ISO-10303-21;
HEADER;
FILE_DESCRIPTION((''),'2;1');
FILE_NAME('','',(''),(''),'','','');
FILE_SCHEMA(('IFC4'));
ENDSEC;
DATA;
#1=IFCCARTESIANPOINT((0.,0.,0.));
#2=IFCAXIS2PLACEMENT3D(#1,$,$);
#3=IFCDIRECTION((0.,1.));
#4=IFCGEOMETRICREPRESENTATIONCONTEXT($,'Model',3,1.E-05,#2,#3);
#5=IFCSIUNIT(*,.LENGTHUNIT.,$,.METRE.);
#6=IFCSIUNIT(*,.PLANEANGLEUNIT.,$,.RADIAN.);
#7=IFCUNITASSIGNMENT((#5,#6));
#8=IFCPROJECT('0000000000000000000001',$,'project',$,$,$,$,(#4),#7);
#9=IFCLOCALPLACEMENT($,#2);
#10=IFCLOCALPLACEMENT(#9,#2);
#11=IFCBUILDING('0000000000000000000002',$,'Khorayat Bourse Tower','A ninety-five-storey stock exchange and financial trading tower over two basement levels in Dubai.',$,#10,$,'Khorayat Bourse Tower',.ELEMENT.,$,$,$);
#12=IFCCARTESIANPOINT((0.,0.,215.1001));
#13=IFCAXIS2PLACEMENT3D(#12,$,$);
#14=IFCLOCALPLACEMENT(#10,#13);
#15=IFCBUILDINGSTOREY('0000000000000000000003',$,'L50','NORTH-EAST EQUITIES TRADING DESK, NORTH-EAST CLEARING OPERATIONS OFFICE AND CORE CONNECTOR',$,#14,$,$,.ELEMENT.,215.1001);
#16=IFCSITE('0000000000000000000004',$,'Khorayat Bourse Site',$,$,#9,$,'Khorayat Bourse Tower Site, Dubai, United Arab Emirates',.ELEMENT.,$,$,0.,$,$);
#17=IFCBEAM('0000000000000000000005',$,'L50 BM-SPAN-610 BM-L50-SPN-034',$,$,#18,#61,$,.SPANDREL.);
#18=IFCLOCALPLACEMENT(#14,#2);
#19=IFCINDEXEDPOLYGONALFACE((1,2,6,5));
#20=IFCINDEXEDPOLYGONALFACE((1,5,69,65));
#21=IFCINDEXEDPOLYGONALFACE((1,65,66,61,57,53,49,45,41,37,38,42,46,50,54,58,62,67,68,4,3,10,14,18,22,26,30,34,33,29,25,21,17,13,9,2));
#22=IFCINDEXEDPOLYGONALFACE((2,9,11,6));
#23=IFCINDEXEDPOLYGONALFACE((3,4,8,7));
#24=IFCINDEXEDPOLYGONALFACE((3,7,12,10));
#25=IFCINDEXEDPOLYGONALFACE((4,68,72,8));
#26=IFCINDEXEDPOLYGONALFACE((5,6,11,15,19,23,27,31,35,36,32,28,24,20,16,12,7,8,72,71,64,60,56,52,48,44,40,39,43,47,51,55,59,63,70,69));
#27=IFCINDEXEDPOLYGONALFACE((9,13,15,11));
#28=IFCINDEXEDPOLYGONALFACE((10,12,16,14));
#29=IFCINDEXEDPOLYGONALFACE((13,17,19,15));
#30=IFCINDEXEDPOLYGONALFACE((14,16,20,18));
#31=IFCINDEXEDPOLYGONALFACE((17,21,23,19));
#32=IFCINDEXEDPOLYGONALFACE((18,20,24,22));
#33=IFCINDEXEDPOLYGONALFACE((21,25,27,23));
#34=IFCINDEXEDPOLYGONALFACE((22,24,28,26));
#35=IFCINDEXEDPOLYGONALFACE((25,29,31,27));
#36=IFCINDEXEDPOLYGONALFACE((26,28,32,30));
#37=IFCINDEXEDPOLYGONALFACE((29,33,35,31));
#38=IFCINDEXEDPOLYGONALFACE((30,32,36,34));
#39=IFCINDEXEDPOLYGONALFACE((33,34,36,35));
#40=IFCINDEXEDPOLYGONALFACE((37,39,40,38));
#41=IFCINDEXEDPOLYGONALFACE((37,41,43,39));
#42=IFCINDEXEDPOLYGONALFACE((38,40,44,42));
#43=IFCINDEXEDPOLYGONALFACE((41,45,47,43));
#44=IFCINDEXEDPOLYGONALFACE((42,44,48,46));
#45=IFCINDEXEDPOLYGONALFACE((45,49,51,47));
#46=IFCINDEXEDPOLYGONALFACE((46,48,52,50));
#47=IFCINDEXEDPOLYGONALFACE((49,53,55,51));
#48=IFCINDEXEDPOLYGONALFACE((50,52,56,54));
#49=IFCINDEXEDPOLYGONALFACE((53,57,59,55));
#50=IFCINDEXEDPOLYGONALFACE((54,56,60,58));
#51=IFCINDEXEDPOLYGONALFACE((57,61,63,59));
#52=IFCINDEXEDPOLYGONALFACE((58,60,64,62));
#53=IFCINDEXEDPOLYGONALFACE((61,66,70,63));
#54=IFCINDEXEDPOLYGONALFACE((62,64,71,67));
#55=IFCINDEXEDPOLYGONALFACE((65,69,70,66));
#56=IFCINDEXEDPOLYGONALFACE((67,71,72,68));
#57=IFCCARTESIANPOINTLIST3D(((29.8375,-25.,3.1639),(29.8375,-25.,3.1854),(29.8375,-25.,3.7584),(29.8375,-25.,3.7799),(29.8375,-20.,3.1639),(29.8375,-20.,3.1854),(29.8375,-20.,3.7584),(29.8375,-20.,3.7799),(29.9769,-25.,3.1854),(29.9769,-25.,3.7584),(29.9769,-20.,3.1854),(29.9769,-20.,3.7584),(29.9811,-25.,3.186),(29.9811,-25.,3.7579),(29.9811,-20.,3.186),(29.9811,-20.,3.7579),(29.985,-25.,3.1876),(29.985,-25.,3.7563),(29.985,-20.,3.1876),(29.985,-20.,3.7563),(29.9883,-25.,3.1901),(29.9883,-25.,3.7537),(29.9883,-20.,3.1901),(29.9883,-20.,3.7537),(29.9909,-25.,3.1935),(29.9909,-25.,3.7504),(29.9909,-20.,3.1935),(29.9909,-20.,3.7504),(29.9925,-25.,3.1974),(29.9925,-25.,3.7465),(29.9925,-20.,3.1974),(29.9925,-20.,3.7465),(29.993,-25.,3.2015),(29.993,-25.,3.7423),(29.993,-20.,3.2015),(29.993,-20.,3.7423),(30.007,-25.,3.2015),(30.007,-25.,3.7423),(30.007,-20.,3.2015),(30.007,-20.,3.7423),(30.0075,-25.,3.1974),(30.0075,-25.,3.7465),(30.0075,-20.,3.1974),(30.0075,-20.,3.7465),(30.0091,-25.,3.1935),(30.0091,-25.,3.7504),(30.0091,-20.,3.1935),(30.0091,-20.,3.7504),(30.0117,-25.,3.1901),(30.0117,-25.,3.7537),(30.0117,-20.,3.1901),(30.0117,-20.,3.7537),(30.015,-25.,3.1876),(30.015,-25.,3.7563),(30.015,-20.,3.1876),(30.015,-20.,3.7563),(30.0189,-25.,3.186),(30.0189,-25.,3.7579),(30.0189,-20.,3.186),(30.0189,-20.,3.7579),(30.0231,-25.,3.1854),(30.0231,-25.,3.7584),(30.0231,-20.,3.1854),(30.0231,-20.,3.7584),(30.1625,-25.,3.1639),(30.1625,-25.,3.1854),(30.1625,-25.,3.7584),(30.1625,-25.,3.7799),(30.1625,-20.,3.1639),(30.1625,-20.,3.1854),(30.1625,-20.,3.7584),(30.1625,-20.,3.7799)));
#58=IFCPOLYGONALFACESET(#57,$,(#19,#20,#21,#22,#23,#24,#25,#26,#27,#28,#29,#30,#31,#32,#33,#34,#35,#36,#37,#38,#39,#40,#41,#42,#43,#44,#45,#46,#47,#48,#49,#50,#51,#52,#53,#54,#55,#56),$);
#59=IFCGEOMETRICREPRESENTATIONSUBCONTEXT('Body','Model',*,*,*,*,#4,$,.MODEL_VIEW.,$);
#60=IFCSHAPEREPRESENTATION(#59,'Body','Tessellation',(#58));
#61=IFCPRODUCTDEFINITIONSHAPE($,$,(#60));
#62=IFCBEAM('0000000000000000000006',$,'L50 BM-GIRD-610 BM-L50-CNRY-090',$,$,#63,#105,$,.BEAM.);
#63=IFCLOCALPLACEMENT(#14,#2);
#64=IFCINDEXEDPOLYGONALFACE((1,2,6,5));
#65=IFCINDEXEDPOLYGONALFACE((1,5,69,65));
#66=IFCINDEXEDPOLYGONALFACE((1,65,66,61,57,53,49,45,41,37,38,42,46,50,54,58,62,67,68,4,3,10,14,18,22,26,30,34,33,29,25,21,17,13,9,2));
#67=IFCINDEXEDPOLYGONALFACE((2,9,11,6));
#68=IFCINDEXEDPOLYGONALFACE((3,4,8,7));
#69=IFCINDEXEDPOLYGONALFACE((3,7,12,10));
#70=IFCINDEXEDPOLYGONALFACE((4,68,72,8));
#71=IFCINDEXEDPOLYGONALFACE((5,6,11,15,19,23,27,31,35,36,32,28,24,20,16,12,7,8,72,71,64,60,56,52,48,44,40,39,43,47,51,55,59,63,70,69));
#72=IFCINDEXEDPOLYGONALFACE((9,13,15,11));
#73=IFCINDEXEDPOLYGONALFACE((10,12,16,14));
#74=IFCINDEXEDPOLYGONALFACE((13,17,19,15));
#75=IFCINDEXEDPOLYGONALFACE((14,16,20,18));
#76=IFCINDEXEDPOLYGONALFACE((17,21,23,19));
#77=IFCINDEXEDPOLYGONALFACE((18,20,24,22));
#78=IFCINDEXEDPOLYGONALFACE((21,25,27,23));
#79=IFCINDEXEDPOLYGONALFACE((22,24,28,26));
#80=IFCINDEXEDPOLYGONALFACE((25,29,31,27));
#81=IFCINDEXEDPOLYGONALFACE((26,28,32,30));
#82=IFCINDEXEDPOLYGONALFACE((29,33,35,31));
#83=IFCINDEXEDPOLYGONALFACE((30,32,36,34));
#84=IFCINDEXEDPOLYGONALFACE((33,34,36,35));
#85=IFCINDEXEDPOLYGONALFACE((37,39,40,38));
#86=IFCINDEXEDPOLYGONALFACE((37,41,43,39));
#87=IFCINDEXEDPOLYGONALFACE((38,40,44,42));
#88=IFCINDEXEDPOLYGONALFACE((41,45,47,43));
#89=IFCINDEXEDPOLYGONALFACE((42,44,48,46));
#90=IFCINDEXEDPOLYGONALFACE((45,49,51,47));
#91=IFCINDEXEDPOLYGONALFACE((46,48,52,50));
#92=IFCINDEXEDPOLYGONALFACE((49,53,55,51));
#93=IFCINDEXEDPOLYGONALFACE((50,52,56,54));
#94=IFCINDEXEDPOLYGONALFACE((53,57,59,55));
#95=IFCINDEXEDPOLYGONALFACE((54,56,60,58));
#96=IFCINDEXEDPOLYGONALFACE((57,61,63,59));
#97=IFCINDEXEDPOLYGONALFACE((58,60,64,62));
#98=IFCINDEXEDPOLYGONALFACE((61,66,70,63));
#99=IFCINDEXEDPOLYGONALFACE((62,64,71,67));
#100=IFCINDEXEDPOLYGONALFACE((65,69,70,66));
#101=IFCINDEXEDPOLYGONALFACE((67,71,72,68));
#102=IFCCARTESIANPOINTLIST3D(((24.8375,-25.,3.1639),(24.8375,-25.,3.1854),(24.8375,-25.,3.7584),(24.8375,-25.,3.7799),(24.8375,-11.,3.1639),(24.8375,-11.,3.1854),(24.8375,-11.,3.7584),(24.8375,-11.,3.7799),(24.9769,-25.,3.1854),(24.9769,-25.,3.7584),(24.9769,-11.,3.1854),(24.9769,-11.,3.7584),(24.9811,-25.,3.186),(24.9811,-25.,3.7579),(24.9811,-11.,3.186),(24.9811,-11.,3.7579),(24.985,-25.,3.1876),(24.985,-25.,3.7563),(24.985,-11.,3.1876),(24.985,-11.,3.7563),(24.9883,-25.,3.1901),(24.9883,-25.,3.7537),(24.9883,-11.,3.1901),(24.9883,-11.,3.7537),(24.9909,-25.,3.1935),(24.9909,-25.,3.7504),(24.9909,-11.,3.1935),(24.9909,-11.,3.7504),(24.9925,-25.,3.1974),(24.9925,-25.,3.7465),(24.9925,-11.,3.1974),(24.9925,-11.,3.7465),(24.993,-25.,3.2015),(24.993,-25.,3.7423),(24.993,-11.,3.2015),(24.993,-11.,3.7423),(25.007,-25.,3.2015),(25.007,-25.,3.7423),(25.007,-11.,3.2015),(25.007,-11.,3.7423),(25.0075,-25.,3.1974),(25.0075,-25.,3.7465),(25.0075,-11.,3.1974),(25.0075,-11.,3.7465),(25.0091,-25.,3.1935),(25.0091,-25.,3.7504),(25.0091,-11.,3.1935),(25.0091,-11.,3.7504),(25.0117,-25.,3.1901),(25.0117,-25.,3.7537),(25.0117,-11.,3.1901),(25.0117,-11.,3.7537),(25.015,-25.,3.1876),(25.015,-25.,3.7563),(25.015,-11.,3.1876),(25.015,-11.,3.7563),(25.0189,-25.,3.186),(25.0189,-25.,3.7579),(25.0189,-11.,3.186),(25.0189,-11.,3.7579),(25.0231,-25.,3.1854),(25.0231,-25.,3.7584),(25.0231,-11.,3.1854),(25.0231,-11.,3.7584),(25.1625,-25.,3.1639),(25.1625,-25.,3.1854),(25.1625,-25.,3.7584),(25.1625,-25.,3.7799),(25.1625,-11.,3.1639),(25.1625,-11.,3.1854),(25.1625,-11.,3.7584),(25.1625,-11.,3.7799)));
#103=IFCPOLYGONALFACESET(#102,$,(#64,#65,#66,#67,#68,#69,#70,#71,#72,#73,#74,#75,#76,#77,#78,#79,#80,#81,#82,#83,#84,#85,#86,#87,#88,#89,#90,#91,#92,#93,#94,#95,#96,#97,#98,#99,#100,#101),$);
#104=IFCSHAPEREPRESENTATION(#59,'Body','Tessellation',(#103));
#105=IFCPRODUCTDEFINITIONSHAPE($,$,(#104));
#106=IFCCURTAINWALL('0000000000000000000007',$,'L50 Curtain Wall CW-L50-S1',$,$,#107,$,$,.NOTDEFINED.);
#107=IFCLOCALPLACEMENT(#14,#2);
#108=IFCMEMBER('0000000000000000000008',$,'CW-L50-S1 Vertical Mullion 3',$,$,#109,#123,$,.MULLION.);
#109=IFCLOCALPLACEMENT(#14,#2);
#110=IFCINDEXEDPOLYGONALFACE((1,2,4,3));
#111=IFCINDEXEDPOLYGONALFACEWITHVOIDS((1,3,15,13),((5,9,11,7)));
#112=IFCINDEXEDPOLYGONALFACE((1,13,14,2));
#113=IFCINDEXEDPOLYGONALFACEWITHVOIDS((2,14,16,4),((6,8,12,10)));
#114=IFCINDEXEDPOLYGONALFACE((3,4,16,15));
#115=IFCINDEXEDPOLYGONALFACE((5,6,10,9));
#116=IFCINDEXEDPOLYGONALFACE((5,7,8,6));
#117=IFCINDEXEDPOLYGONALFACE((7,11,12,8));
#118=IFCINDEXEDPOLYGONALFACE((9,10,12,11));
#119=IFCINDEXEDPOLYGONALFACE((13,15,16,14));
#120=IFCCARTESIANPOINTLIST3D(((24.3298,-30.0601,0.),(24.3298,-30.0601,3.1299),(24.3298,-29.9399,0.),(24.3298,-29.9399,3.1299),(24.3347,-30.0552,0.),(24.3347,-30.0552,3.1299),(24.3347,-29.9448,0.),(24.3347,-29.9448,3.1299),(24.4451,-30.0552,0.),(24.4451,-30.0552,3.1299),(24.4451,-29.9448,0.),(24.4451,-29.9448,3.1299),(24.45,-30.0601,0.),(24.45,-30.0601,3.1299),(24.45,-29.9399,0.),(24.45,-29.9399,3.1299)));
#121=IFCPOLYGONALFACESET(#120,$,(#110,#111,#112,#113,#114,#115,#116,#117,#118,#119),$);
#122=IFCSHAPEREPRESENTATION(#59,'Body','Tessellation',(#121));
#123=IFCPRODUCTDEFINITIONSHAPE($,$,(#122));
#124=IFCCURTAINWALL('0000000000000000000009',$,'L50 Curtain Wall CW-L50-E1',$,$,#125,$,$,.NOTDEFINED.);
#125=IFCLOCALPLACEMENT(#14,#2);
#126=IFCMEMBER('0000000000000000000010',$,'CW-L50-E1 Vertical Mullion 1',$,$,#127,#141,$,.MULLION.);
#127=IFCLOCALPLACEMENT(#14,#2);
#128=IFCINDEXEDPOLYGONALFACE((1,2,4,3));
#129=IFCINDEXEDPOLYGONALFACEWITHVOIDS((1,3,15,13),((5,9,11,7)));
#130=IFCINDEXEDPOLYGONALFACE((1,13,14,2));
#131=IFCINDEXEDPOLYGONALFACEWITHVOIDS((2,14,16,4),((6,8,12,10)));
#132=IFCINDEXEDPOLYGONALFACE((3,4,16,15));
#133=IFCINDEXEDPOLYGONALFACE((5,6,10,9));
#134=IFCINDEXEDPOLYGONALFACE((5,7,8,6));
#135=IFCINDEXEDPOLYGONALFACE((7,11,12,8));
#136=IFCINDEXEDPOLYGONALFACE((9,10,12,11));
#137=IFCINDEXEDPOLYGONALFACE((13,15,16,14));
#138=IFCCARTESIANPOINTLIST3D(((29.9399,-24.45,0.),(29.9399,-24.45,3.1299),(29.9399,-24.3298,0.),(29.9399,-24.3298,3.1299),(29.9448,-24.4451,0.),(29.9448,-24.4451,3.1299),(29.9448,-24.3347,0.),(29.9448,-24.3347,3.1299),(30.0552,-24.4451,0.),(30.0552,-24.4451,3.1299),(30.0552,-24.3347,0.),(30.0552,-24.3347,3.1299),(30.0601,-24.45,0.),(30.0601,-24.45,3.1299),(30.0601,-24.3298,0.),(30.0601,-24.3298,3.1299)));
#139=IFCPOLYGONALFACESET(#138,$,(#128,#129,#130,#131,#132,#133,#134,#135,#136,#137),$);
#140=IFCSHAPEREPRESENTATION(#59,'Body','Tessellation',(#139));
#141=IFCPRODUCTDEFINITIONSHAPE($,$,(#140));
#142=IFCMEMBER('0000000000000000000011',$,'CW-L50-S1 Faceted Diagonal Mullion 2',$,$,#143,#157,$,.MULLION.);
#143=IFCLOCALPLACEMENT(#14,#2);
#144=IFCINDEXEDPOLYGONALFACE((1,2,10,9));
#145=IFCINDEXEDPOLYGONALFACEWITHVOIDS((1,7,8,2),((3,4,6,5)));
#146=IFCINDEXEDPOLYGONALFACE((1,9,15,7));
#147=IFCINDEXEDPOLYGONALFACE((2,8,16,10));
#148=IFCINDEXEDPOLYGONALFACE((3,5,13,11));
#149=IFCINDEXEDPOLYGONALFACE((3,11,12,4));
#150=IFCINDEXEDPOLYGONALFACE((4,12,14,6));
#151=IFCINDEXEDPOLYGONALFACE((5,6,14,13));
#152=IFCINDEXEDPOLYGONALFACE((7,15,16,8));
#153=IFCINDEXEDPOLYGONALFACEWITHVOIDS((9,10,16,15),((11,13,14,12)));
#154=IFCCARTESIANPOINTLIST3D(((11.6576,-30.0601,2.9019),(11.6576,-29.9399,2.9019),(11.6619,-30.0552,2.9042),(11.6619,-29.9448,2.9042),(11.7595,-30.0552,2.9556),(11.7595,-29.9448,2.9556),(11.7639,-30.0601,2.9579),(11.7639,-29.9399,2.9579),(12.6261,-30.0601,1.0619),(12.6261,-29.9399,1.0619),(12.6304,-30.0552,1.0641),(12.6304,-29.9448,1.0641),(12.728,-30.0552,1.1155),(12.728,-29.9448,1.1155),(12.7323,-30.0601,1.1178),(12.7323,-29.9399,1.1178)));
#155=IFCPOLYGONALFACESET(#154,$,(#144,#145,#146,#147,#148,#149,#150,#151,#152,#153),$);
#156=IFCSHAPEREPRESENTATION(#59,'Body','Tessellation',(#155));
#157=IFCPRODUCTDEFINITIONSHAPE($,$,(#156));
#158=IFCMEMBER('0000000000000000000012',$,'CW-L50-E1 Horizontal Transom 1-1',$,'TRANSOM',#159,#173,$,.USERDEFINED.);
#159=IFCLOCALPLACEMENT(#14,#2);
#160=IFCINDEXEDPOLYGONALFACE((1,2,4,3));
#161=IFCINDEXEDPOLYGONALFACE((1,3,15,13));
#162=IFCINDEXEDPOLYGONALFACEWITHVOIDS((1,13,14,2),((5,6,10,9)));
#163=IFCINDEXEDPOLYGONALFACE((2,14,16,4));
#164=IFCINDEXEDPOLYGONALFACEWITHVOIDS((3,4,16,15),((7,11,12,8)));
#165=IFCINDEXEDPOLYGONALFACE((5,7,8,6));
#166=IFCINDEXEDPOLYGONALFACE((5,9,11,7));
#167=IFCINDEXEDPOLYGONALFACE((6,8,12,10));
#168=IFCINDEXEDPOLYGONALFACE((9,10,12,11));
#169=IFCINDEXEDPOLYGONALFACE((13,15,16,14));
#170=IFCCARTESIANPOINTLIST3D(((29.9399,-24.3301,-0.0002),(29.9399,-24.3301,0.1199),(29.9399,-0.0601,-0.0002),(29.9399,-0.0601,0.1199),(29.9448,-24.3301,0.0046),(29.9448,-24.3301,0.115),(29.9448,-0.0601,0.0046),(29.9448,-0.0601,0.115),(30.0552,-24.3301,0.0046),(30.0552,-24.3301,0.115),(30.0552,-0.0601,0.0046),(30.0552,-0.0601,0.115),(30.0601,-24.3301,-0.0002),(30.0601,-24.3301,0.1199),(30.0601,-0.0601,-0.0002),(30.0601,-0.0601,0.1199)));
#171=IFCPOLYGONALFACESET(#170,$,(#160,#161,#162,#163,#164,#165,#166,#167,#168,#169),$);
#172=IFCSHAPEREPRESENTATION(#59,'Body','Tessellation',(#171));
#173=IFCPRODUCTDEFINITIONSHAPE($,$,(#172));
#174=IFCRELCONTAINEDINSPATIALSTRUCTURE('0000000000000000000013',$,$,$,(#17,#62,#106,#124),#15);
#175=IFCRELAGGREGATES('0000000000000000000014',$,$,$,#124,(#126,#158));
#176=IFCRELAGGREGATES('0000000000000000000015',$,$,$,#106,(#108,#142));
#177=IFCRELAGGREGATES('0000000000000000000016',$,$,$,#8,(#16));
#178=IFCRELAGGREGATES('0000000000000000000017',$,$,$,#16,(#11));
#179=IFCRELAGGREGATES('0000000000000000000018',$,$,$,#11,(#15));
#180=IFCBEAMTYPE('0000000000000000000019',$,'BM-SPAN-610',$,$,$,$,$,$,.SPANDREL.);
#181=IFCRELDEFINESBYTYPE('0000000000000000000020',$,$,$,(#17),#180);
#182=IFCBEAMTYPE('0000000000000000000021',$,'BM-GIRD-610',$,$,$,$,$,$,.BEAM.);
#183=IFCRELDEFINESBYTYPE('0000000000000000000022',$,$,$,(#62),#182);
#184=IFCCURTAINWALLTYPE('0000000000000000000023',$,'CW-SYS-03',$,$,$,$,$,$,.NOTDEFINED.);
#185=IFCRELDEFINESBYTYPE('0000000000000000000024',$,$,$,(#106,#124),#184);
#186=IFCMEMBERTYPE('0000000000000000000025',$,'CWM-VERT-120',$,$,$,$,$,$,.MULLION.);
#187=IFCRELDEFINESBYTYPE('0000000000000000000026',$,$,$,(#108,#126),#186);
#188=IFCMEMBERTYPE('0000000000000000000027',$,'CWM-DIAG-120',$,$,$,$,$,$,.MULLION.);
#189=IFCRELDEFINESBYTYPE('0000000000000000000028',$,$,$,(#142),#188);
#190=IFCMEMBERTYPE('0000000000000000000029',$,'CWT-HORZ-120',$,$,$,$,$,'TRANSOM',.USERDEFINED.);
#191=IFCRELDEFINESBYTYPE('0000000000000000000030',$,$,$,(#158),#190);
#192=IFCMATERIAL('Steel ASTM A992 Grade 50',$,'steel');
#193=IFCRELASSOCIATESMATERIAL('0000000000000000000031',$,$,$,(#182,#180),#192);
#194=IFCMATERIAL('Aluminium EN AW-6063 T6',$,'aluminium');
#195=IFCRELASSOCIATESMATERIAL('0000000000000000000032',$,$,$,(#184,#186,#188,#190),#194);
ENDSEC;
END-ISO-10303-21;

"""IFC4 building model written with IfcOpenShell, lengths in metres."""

from ifc_helpers import new_model, si_unit, direction, frame, origin, origin_2d, place, context, subcontext, project, spatial, hollow_rectangle, i_section, extrude, source, transform, mapped, material, material_profile, profile_set, type_object, element, aggregate, save


model = new_model("IFC4")

# Units and contexts
model_context = context("Model", 3, precision=1e-05, world=origin(), true_north=direction((0.0, 1.0)))
body_context = subcontext(model_context, "Body", "Model", "MODEL_VIEW")
ifc_project = project(units=[si_unit("LENGTHUNIT", "METRE"), si_unit("PLANEANGLEUNIT", "RADIAN")], contexts=[model_context])

# Site, building, storey
site_placement = place(None, origin())
site = spatial("IfcSite", under=ifc_project, at=site_placement, Name="Khorayat Bourse Site", LongName="Khorayat Bourse Tower Site, Dubai, United Arab Emirates", CompositionType="ELEMENT", RefElevation=0.0)
building_placement = place(site_placement, origin())
building = spatial("IfcBuilding", under=site, at=building_placement, Name="Khorayat Bourse Tower", Description="A ninety-five-storey stock exchange and financial trading tower over two basement levels in Dubai.", LongName="Khorayat Bourse Tower", CompositionType="ELEMENT")
storey_placement = place(building_placement, frame((0.0, 0.0, 215.1001)))
storey = spatial("IfcBuildingStorey", under=building, at=storey_placement, Name="L50", Description="NORTH-EAST EQUITIES TRADING DESK, NORTH-EAST CLEARING OPERATIONS OFFICE AND CORE CONNECTOR", CompositionType="ELEMENT", Elevation=215.1001)

# Beams
ifc_material_1 = material(Name="Steel ASTM A992 Grade 50", Category="steel")
ifc_material_profile_1 = material_profile(ifc_material_1, i_section(OverallWidth=0.325, OverallDepth=0.616, WebThickness=0.0139, FlangeThickness=0.0215, FilletRadius=0.0161, at=origin_2d()), Name="W610X174")
ifc_profile_set_1 = profile_set([ifc_material_profile_1], Name="Steel ASTM A992 Grade 50")
beam_type_1 = type_object("IfcBeamType", Name="BM-GIRD-610", PredefinedType="BEAM", material=ifc_profile_set_1)
ifc_material_profile_2 = material_profile(ifc_material_1, i_section(OverallWidth=0.325, OverallDepth=0.616, WebThickness=0.0139, FlangeThickness=0.0215, FilletRadius=0.0161, at=origin_2d()), Name="W610X174")
ifc_profile_set_2 = profile_set([ifc_material_profile_2], Name="Steel ASTM A992 Grade 50")
beam_type_2 = type_object("IfcBeamType", Name="BM-SPAN-610", PredefinedType="SPANDREL", material=ifc_profile_set_2)
shared_shape_1 = source(origin(), body_context, "Body", "SweptSolid", [
    extrude(i_section(OverallWidth=0.325, OverallDepth=0.616, WebThickness=0.0139, FlangeThickness=0.0215, FilletRadius=0.0161, at=origin_2d()), origin(), (0.0, 0.0, 1.0), 5.0),
])
for number, where, z_axis, x_axis, name in (
    (1, (30.0, -25.0, 3.4719), (0.0, 1.0, 0.0), (-1.0, 0.0, 0.0), "L50 BM-SPAN-610 BM-L50-SPN-034"),
):
    element("IfcBeam", number, at=place(storey_placement, frame(where, z_axis=z_axis, x_axis=x_axis)), inside=storey, type_object=beam_type_2, Name=name, PredefinedType="SPANDREL", context=body_context, shape_type="MappedRepresentation", body=[
        mapped(shared_shape_1, transform((0.0, 0.0, 0.0), scale=1.0)),
    ])
shared_shape_2 = source(origin(), body_context, "Body", "SweptSolid", [
    extrude(i_section(OverallWidth=0.325, OverallDepth=0.616, WebThickness=0.0139, FlangeThickness=0.0215, FilletRadius=0.0161, at=origin_2d()), origin(), (0.0, 0.0, 1.0), 14.0),
])
beam_1_placement = place(storey_placement, frame((25.0, -25.0, 3.4719), z_axis=(0.0, 1.0, 0.0), x_axis=(-1.0, 0.0, 0.0)))
element("IfcBeam", 2, at=beam_1_placement, inside=storey, type_object=beam_type_1, Name="L50 BM-GIRD-610 BM-L50-CNRY-090", PredefinedType="BEAM", context=body_context, shape_type="MappedRepresentation", body=[
    mapped(shared_shape_2, transform((0.0, 0.0, 0.0), scale=1.0)),
])

# Curtain walls, members
ifc_material_2 = material(Name="Aluminium EN AW-6063 T6", Category="aluminium")
curtain_wall_type = type_object("IfcCurtainWallType", Name="CW-SYS-03", PredefinedType="NOTDEFINED", material=ifc_material_2)
curtain_wall_1_placement = place(storey_placement, origin())
curtain_wall_1 = element("IfcCurtainWall", 3, at=curtain_wall_1_placement, inside=storey, type_object=curtain_wall_type, Name="L50 Curtain Wall CW-L50-S1", PredefinedType="NOTDEFINED")
ifc_material_profile_3 = material_profile(ifc_material_2, hollow_rectangle(XDim=0.1201, YDim=0.1201, WallThickness=0.0049, at=origin_2d()), Name="ALU 120x120x5")
ifc_profile_set_3 = profile_set([ifc_material_profile_3], Name="Aluminium EN AW-6063 T6")
member_type_1 = type_object("IfcMemberType", Name="CWM-VERT-120", PredefinedType="MULLION", material=ifc_profile_set_3)
shared_shape_3 = source(origin(), body_context, "Body", "SweptSolid", [
    extrude(hollow_rectangle(XDim=0.1201, YDim=0.1201, WallThickness=0.0049, at=origin_2d()), origin(), (0.0, 0.0, 1.0), 3.1299),
])
member_1_placement = place(storey_placement, frame((24.3899, -30.0, 0.0), z_axis=(0.0, 0.0, 1.0), x_axis=(0.0, 1.0, 0.0)))
member_1 = element("IfcMember", 4, at=member_1_placement, type_object=member_type_1, Name="CW-L50-S1 Vertical Mullion 3", PredefinedType="MULLION", context=body_context, shape_type="MappedRepresentation", body=[
    mapped(shared_shape_3, transform((0.0, 0.0, 0.0), scale=1.0)),
])
curtain_wall_2_placement = place(storey_placement, origin())
curtain_wall_2 = element("IfcCurtainWall", 5, at=curtain_wall_2_placement, inside=storey, type_object=curtain_wall_type, Name="L50 Curtain Wall CW-L50-E1", PredefinedType="NOTDEFINED")
member_2_placement = place(storey_placement, frame((30.0, -24.3899, 0.0), z_axis=(0.0, 0.0, 1.0), x_axis=(-1.0, 0.0, 0.0)))
member_2 = element("IfcMember", 6, at=member_2_placement, type_object=member_type_1, Name="CW-L50-E1 Vertical Mullion 1", PredefinedType="MULLION", context=body_context, shape_type="MappedRepresentation", body=[
    mapped(shared_shape_3, transform((0.0, 0.0, 0.0), scale=1.0)),
])

# Members
ifc_material_profile_4 = material_profile(ifc_material_2, hollow_rectangle(XDim=0.1201, YDim=0.1201, WallThickness=0.0049, at=origin_2d()), Name="ALU 120x120x5")
ifc_profile_set_4 = profile_set([ifc_material_profile_4], Name="Aluminium EN AW-6063 T6")
member_type_2 = type_object("IfcMemberType", Name="CWM-DIAG-120", PredefinedType="MULLION", material=ifc_profile_set_4)
shared_shape_4 = source(origin(), body_context, "Body", "SweptSolid", [
    extrude(hollow_rectangle(XDim=0.1201, YDim=0.1201, WallThickness=0.0049, at=origin_2d()), origin(), (0.0, 0.0, 1.0), 2.0793),
])
member_3_placement = place(storey_placement, frame((12.6792, -30.0, 1.0898), z_axis=(-0.465761, 0.0, 0.884911), x_axis=(0.0, -1.0, 0.0)))
member_3 = element("IfcMember", 7, at=member_3_placement, type_object=member_type_2, Name="CW-L50-S1 Faceted Diagonal Mullion 2", PredefinedType="MULLION", context=body_context, shape_type="MappedRepresentation", body=[
    mapped(shared_shape_4, transform((0.0, 0.0, 0.0), scale=1.0)),
])
ifc_material_profile_5 = material_profile(ifc_material_2, hollow_rectangle(XDim=0.1201, YDim=0.1201, WallThickness=0.0049, at=origin_2d()), Name="ALU 120x120x5")
ifc_profile_set_5 = profile_set([ifc_material_profile_5], Name="Aluminium EN AW-6063 T6")
member_type_3 = type_object("IfcMemberType", Name="CWT-HORZ-120", ElementType="TRANSOM", PredefinedType="USERDEFINED", material=ifc_profile_set_5)
shared_shape_5 = source(origin(), body_context, "Body", "SweptSolid", [
    extrude(hollow_rectangle(XDim=0.1201, YDim=0.1201, WallThickness=0.0049, at=origin_2d()), origin(), (0.0, 0.0, 1.0), 24.27),
])
member_4_placement = place(storey_placement, frame((30.0, -24.3301, 0.0598), z_axis=(0.0, 1.0, 0.0), x_axis=(-1.0, 0.0, 0.0)))
member_4 = element("IfcMember", 8, at=member_4_placement, type_object=member_type_3, Name="CW-L50-E1 Horizontal Transom 1-1", ObjectType="TRANSOM", PredefinedType="USERDEFINED", context=body_context, shape_type="MappedRepresentation", body=[
    mapped(shared_shape_5, transform((0.0, 0.0, 0.0), scale=1.0)),
])
aggregate(curtain_wall_2, [member_2, member_4])

aggregate(curtain_wall_1, [member_1, member_3])

save(model, "model.ifc")
